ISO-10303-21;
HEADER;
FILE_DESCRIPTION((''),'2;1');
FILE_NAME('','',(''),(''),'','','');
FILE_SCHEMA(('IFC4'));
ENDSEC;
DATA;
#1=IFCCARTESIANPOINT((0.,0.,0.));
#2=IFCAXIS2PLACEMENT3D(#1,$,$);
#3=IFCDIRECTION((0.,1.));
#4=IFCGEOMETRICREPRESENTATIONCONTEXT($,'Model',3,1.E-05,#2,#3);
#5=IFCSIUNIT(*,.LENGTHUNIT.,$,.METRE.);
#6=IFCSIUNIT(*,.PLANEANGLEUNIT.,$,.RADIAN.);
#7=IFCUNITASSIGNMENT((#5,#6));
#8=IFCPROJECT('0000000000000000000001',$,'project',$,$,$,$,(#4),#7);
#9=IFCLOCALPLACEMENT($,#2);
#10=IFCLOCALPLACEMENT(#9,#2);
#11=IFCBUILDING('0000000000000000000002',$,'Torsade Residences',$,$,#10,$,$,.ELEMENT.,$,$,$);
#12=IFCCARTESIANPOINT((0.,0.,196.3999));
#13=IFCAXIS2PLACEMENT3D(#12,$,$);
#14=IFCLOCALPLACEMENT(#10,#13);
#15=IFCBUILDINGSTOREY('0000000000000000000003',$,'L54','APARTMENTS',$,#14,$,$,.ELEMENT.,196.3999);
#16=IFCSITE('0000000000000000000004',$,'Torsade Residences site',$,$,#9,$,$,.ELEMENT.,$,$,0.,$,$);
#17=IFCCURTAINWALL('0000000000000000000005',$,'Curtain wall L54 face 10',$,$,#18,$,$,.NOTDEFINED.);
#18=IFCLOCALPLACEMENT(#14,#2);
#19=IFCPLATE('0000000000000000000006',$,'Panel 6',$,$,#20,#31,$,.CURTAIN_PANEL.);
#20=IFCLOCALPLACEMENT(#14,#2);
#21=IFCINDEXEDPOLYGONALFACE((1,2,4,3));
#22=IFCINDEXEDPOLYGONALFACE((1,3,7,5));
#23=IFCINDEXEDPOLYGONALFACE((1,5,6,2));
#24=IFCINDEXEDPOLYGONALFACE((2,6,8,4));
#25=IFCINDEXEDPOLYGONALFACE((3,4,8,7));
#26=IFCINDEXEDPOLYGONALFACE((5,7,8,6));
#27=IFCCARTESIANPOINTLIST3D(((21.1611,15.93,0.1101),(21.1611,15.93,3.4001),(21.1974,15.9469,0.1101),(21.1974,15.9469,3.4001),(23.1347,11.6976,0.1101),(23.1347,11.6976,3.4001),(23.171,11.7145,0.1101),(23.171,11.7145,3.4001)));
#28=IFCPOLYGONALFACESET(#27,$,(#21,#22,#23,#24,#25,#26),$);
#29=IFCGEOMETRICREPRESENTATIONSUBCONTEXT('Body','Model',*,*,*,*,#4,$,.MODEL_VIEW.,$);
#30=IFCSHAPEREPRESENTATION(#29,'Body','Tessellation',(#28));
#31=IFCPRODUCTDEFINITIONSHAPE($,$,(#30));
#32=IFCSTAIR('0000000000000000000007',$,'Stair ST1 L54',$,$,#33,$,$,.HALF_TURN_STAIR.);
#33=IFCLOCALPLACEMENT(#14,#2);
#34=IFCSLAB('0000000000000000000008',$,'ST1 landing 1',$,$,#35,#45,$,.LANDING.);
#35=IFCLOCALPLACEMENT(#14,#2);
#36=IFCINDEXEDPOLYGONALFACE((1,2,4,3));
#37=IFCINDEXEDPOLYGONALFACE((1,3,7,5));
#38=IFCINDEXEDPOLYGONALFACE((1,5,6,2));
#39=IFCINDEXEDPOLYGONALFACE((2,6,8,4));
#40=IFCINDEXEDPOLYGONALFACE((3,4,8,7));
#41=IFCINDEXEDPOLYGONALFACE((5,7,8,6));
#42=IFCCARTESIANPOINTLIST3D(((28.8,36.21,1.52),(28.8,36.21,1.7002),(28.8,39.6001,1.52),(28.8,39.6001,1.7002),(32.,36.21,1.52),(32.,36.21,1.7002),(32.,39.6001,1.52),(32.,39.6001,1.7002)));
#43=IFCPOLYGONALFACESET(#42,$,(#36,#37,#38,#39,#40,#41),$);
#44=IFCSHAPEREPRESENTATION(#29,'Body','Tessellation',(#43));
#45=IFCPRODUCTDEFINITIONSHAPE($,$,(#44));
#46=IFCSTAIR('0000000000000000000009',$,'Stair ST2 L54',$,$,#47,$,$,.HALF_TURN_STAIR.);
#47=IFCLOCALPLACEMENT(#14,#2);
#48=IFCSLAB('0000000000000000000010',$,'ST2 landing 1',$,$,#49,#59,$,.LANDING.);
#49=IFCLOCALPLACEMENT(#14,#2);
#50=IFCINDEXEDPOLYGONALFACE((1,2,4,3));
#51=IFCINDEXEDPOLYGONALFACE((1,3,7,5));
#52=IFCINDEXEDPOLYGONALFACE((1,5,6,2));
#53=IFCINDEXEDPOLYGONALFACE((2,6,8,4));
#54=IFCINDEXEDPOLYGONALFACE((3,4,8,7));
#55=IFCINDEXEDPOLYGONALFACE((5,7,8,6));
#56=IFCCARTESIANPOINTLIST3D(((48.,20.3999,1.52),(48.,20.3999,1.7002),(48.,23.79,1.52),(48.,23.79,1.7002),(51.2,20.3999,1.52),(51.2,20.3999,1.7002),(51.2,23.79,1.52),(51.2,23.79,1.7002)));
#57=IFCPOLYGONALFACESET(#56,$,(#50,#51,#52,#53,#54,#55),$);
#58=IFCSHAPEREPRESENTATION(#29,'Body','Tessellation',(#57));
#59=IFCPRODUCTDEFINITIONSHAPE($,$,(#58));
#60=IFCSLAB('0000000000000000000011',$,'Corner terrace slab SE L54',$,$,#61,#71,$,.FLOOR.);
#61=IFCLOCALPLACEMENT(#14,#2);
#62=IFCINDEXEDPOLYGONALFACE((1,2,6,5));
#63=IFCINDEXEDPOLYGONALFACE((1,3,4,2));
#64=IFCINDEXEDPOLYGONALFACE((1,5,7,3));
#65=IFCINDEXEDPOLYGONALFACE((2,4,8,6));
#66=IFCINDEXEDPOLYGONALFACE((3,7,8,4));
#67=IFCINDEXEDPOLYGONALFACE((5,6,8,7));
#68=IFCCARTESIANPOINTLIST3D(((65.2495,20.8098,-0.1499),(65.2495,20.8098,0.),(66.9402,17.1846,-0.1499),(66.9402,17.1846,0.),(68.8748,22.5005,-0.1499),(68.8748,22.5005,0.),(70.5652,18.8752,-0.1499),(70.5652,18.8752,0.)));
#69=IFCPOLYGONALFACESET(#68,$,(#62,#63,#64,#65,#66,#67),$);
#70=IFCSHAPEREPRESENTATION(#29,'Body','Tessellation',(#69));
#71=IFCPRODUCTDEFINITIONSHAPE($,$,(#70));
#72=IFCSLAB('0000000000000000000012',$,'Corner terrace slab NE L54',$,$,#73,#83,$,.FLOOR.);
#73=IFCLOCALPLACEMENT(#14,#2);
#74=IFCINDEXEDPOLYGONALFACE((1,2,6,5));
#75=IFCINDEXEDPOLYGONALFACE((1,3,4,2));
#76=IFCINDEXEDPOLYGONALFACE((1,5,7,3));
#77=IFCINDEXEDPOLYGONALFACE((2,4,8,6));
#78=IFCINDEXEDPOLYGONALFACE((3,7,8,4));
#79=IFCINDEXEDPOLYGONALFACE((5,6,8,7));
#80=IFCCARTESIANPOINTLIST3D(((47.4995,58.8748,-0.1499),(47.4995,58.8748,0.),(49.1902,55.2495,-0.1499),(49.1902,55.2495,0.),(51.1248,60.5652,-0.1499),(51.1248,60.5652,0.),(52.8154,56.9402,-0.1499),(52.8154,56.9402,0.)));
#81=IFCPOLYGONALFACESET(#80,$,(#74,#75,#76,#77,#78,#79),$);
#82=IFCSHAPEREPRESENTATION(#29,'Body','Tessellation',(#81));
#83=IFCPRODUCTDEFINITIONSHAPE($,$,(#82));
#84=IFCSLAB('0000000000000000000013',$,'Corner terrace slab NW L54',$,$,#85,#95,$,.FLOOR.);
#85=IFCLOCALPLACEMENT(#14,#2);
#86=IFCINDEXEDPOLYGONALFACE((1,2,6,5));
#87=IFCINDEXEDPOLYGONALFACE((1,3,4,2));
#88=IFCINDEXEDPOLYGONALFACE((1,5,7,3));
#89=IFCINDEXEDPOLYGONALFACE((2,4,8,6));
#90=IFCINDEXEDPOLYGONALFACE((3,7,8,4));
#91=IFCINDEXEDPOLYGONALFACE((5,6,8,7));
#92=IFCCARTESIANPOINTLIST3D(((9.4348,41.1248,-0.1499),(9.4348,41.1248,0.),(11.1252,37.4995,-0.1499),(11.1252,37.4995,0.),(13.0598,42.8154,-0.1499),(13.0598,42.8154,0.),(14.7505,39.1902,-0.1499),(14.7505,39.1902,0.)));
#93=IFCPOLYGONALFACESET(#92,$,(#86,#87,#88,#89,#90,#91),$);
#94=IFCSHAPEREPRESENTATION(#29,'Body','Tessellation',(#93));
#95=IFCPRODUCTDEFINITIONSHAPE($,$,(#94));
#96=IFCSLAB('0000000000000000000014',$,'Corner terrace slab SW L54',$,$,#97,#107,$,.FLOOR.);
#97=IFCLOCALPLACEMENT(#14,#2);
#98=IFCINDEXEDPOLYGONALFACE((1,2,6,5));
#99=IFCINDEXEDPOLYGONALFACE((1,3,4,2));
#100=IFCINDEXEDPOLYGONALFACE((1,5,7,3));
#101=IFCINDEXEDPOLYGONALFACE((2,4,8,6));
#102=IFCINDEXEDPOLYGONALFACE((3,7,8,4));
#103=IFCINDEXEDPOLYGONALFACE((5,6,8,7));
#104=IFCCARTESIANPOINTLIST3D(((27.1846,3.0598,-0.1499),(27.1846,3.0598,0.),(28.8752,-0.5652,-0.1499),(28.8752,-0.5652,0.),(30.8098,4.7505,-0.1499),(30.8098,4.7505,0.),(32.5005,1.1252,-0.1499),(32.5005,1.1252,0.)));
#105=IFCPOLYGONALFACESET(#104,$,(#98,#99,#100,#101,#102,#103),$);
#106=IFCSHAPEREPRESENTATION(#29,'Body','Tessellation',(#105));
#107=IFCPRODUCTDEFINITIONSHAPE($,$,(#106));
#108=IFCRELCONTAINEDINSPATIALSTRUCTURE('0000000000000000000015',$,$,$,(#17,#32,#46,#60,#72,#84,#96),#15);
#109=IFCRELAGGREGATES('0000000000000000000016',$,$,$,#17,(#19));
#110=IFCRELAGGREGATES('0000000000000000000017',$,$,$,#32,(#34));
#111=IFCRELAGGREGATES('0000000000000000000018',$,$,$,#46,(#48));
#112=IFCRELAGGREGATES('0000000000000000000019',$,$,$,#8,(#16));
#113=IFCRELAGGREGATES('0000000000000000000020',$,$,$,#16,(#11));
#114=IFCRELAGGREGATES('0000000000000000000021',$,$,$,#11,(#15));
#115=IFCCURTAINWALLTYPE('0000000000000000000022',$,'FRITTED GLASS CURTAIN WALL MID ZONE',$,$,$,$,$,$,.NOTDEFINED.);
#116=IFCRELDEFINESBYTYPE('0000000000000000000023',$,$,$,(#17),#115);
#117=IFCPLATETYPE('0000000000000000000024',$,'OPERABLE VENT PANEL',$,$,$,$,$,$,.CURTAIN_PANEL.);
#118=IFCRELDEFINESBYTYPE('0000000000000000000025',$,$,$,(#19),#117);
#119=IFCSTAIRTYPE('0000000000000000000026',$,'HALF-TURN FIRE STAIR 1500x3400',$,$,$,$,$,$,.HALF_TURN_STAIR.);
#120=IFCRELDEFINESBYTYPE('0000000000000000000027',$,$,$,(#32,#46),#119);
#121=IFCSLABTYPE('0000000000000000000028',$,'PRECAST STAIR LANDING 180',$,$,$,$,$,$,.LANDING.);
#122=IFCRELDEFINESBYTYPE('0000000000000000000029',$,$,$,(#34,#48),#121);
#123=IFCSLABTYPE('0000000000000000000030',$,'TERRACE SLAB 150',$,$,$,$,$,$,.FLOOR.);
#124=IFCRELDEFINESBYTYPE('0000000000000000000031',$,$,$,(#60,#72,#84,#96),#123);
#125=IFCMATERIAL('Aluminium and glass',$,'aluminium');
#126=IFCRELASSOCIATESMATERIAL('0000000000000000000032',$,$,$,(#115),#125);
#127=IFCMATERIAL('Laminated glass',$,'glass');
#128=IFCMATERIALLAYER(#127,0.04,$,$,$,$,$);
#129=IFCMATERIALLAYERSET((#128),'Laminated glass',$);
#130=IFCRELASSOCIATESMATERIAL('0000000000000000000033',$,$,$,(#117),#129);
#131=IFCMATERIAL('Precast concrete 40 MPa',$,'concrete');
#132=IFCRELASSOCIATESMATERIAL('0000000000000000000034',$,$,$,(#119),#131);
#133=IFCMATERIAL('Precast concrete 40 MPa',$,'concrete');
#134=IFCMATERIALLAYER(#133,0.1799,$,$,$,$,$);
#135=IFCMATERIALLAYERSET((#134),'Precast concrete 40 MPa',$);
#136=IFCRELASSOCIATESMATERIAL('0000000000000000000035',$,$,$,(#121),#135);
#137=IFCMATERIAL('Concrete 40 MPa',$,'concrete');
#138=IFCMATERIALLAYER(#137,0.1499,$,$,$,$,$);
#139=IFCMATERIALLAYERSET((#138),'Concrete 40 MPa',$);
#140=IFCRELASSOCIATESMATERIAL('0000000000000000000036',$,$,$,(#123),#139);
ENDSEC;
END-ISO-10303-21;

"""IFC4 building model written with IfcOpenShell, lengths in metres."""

from ifc_helpers import new_model, si_unit, direction, frame, origin, origin_2d, place, context, subcontext, project, spatial, polyline, rectangle, outline, extrude, material, layer, layer_set, type_object, element, aggregate, save


model = new_model("IFC4")

# Units and contexts
model_context = context("Model", 3, precision=1e-05, world=origin(), true_north=direction((0.0, 1.0)))
body_context = subcontext(model_context, "Body", "Model", "MODEL_VIEW")
ifc_project = project(units=[si_unit("LENGTHUNIT", "METRE"), si_unit("PLANEANGLEUNIT", "RADIAN")], contexts=[model_context])

# Site, building, storey
site_placement = place(None, origin())
site = spatial("IfcSite", under=ifc_project, at=site_placement, Name="Torsade Residences site", CompositionType="ELEMENT", RefElevation=0.0)
building_placement = place(site_placement, origin())
building = spatial("IfcBuilding", under=site, at=building_placement, Name="Torsade Residences", CompositionType="ELEMENT")
storey_placement = place(building_placement, frame((0.0, 0.0, 196.3999)))
storey = spatial("IfcBuildingStorey", under=building, at=storey_placement, Name="L54", Description="APARTMENTS", CompositionType="ELEMENT", Elevation=196.3999)

# Curtain wall
ifc_material_1 = material(Name="Aluminium and glass", Category="aluminium")
curtain_wall_type = type_object("IfcCurtainWallType", Name="FRITTED GLASS CURTAIN WALL MID ZONE", PredefinedType="NOTDEFINED", material=ifc_material_1)
curtain_wall_placement = place(storey_placement, origin())
curtain_wall = element("IfcCurtainWall", 1, at=curtain_wall_placement, inside=storey, type_object=curtain_wall_type, Name="Curtain wall L54 face 10", PredefinedType="NOTDEFINED")

# Plate
ifc_material_2 = material(Name="Laminated glass", Category="glass")
ifc_layer_1 = layer(ifc_material_2, 0.04)
ifc_layer_set_1 = layer_set([ifc_layer_1], Name="Laminated glass")
plate_type_1 = type_object("IfcPlateType", Name="OPERABLE VENT PANEL", PredefinedType="CURTAIN_PANEL", material=ifc_layer_set_1)
plate_1_placement = place(storey_placement, frame((22.166, 13.8223, 0.1101), z_axis=(0.0, 0.0, 1.0), x_axis=(0.422618, -0.906308, 0.0)))
plate_1 = element("IfcPlate", 2, at=plate_1_placement, type_object=plate_type_1, Name="Panel 6", PredefinedType="CURTAIN_PANEL", context=body_context, shape_type="SweptSolid", body=[
    extrude(rectangle(XDim=4.6699, YDim=0.04, at=origin_2d()), origin(), (0.0, 0.0, 1.0), 3.29),
])
aggregate(curtain_wall, [plate_1])

# Stairs, slabs
ifc_material_3 = material(Name="Precast concrete 40 MPa", Category="concrete")
stair_type = type_object("IfcStairType", Name="HALF-TURN FIRE STAIR 1500x3400", PredefinedType="HALF_TURN_STAIR", material=ifc_material_3)
stair_1_placement = place(storey_placement, origin())
stair_1 = element("IfcStair", 3, at=stair_1_placement, inside=storey, type_object=stair_type, Name="Stair ST1 L54", PredefinedType="HALF_TURN_STAIR")
ifc_material_4 = material(Name="Precast concrete 40 MPa", Category="concrete")
ifc_layer_2 = layer(ifc_material_4, 0.1799)
ifc_layer_set_2 = layer_set([ifc_layer_2], Name="Precast concrete 40 MPa")
slab_type_1 = type_object("IfcSlabType", Name="PRECAST STAIR LANDING 180", PredefinedType="LANDING", material=ifc_layer_set_2)
slab_1_placement = place(storey_placement, frame((0.0, 0.0, 1.52)))
slab_1 = element("IfcSlab", 4, at=slab_1_placement, type_object=slab_type_1, Name="ST1 landing 1", PredefinedType="LANDING", context=body_context, shape_type="SweptSolid", body=[
    extrude(outline(polyline([(28.8, 36.21), (32.0, 36.21), (32.0, 39.6001), (28.8, 39.6001), (28.8, 36.21)])), origin(), (0.0, 0.0, 1.0), 0.1802),
])
aggregate(stair_1, [slab_1])
stair_2_placement = place(storey_placement, origin())
stair_2 = element("IfcStair", 5, at=stair_2_placement, inside=storey, type_object=stair_type, Name="Stair ST2 L54", PredefinedType="HALF_TURN_STAIR")
slab_2_placement = place(storey_placement, frame((0.0, 0.0, 1.52)))
slab_2 = element("IfcSlab", 6, at=slab_2_placement, type_object=slab_type_1, Name="ST2 landing 1", PredefinedType="LANDING", context=body_context, shape_type="SweptSolid", body=[
    extrude(outline(polyline([(48.0, 20.3999), (51.2, 20.3999), (51.2, 23.79), (48.0, 23.79), (48.0, 20.3999)])), origin(), (0.0, 0.0, 1.0), 0.1802),
])
aggregate(stair_2, [slab_2])

# Slabs
ifc_material_5 = material(Name="Concrete 40 MPa", Category="concrete")
ifc_layer_3 = layer(ifc_material_5, 0.1499)
ifc_layer_set_3 = layer_set([ifc_layer_3], Name="Concrete 40 MPa")
slab_type_2 = type_object("IfcSlabType", Name="TERRACE SLAB 150", PredefinedType="FLOOR", material=ifc_layer_set_3)
slab_3_placement = place(storey_placement, frame((0.0, 0.0, -0.1499)))
element("IfcSlab", 7, at=slab_3_placement, inside=storey, type_object=slab_type_2, Name="Corner terrace slab SE L54", PredefinedType="FLOOR", context=body_context, shape_type="SweptSolid", body=[
    extrude(outline(polyline([(66.9402, 17.1846), (70.5652, 18.8752), (68.8748, 22.5005), (65.2495, 20.8098), (66.9402, 17.1846)])), origin(), (0.0, 0.0, 1.0), 0.1499),
])
slab_4_placement = place(storey_placement, frame((0.0, 0.0, -0.1499)))
element("IfcSlab", 8, at=slab_4_placement, inside=storey, type_object=slab_type_2, Name="Corner terrace slab NE L54", PredefinedType="FLOOR", context=body_context, shape_type="SweptSolid", body=[
    extrude(outline(polyline([(49.1902, 55.2495), (52.8154, 56.9402), (51.1248, 60.5652), (47.4995, 58.8748), (49.1902, 55.2495)])), origin(), (0.0, 0.0, 1.0), 0.1499),
])
slab_5_placement = place(storey_placement, frame((0.0, 0.0, -0.1499)))
element("IfcSlab", 9, at=slab_5_placement, inside=storey, type_object=slab_type_2, Name="Corner terrace slab NW L54", PredefinedType="FLOOR", context=body_context, shape_type="SweptSolid", body=[
    extrude(outline(polyline([(11.1252, 37.4995), (14.7505, 39.1902), (13.0598, 42.8154), (9.4348, 41.1248), (11.1252, 37.4995)])), origin(), (0.0, 0.0, 1.0), 0.1499),
])
slab_6_placement = place(storey_placement, frame((0.0, 0.0, -0.1499)))
element("IfcSlab", 10, at=slab_6_placement, inside=storey, type_object=slab_type_2, Name="Corner terrace slab SW L54", PredefinedType="FLOOR", context=body_context, shape_type="SweptSolid", body=[
    extrude(outline(polyline([(28.8752, -0.5652), (32.5005, 1.1252), (30.8098, 4.7505), (27.1846, 3.0598), (28.8752, -0.5652)])), origin(), (0.0, 0.0, 1.0), 0.1499),
])

save(model, "model.ifc")
